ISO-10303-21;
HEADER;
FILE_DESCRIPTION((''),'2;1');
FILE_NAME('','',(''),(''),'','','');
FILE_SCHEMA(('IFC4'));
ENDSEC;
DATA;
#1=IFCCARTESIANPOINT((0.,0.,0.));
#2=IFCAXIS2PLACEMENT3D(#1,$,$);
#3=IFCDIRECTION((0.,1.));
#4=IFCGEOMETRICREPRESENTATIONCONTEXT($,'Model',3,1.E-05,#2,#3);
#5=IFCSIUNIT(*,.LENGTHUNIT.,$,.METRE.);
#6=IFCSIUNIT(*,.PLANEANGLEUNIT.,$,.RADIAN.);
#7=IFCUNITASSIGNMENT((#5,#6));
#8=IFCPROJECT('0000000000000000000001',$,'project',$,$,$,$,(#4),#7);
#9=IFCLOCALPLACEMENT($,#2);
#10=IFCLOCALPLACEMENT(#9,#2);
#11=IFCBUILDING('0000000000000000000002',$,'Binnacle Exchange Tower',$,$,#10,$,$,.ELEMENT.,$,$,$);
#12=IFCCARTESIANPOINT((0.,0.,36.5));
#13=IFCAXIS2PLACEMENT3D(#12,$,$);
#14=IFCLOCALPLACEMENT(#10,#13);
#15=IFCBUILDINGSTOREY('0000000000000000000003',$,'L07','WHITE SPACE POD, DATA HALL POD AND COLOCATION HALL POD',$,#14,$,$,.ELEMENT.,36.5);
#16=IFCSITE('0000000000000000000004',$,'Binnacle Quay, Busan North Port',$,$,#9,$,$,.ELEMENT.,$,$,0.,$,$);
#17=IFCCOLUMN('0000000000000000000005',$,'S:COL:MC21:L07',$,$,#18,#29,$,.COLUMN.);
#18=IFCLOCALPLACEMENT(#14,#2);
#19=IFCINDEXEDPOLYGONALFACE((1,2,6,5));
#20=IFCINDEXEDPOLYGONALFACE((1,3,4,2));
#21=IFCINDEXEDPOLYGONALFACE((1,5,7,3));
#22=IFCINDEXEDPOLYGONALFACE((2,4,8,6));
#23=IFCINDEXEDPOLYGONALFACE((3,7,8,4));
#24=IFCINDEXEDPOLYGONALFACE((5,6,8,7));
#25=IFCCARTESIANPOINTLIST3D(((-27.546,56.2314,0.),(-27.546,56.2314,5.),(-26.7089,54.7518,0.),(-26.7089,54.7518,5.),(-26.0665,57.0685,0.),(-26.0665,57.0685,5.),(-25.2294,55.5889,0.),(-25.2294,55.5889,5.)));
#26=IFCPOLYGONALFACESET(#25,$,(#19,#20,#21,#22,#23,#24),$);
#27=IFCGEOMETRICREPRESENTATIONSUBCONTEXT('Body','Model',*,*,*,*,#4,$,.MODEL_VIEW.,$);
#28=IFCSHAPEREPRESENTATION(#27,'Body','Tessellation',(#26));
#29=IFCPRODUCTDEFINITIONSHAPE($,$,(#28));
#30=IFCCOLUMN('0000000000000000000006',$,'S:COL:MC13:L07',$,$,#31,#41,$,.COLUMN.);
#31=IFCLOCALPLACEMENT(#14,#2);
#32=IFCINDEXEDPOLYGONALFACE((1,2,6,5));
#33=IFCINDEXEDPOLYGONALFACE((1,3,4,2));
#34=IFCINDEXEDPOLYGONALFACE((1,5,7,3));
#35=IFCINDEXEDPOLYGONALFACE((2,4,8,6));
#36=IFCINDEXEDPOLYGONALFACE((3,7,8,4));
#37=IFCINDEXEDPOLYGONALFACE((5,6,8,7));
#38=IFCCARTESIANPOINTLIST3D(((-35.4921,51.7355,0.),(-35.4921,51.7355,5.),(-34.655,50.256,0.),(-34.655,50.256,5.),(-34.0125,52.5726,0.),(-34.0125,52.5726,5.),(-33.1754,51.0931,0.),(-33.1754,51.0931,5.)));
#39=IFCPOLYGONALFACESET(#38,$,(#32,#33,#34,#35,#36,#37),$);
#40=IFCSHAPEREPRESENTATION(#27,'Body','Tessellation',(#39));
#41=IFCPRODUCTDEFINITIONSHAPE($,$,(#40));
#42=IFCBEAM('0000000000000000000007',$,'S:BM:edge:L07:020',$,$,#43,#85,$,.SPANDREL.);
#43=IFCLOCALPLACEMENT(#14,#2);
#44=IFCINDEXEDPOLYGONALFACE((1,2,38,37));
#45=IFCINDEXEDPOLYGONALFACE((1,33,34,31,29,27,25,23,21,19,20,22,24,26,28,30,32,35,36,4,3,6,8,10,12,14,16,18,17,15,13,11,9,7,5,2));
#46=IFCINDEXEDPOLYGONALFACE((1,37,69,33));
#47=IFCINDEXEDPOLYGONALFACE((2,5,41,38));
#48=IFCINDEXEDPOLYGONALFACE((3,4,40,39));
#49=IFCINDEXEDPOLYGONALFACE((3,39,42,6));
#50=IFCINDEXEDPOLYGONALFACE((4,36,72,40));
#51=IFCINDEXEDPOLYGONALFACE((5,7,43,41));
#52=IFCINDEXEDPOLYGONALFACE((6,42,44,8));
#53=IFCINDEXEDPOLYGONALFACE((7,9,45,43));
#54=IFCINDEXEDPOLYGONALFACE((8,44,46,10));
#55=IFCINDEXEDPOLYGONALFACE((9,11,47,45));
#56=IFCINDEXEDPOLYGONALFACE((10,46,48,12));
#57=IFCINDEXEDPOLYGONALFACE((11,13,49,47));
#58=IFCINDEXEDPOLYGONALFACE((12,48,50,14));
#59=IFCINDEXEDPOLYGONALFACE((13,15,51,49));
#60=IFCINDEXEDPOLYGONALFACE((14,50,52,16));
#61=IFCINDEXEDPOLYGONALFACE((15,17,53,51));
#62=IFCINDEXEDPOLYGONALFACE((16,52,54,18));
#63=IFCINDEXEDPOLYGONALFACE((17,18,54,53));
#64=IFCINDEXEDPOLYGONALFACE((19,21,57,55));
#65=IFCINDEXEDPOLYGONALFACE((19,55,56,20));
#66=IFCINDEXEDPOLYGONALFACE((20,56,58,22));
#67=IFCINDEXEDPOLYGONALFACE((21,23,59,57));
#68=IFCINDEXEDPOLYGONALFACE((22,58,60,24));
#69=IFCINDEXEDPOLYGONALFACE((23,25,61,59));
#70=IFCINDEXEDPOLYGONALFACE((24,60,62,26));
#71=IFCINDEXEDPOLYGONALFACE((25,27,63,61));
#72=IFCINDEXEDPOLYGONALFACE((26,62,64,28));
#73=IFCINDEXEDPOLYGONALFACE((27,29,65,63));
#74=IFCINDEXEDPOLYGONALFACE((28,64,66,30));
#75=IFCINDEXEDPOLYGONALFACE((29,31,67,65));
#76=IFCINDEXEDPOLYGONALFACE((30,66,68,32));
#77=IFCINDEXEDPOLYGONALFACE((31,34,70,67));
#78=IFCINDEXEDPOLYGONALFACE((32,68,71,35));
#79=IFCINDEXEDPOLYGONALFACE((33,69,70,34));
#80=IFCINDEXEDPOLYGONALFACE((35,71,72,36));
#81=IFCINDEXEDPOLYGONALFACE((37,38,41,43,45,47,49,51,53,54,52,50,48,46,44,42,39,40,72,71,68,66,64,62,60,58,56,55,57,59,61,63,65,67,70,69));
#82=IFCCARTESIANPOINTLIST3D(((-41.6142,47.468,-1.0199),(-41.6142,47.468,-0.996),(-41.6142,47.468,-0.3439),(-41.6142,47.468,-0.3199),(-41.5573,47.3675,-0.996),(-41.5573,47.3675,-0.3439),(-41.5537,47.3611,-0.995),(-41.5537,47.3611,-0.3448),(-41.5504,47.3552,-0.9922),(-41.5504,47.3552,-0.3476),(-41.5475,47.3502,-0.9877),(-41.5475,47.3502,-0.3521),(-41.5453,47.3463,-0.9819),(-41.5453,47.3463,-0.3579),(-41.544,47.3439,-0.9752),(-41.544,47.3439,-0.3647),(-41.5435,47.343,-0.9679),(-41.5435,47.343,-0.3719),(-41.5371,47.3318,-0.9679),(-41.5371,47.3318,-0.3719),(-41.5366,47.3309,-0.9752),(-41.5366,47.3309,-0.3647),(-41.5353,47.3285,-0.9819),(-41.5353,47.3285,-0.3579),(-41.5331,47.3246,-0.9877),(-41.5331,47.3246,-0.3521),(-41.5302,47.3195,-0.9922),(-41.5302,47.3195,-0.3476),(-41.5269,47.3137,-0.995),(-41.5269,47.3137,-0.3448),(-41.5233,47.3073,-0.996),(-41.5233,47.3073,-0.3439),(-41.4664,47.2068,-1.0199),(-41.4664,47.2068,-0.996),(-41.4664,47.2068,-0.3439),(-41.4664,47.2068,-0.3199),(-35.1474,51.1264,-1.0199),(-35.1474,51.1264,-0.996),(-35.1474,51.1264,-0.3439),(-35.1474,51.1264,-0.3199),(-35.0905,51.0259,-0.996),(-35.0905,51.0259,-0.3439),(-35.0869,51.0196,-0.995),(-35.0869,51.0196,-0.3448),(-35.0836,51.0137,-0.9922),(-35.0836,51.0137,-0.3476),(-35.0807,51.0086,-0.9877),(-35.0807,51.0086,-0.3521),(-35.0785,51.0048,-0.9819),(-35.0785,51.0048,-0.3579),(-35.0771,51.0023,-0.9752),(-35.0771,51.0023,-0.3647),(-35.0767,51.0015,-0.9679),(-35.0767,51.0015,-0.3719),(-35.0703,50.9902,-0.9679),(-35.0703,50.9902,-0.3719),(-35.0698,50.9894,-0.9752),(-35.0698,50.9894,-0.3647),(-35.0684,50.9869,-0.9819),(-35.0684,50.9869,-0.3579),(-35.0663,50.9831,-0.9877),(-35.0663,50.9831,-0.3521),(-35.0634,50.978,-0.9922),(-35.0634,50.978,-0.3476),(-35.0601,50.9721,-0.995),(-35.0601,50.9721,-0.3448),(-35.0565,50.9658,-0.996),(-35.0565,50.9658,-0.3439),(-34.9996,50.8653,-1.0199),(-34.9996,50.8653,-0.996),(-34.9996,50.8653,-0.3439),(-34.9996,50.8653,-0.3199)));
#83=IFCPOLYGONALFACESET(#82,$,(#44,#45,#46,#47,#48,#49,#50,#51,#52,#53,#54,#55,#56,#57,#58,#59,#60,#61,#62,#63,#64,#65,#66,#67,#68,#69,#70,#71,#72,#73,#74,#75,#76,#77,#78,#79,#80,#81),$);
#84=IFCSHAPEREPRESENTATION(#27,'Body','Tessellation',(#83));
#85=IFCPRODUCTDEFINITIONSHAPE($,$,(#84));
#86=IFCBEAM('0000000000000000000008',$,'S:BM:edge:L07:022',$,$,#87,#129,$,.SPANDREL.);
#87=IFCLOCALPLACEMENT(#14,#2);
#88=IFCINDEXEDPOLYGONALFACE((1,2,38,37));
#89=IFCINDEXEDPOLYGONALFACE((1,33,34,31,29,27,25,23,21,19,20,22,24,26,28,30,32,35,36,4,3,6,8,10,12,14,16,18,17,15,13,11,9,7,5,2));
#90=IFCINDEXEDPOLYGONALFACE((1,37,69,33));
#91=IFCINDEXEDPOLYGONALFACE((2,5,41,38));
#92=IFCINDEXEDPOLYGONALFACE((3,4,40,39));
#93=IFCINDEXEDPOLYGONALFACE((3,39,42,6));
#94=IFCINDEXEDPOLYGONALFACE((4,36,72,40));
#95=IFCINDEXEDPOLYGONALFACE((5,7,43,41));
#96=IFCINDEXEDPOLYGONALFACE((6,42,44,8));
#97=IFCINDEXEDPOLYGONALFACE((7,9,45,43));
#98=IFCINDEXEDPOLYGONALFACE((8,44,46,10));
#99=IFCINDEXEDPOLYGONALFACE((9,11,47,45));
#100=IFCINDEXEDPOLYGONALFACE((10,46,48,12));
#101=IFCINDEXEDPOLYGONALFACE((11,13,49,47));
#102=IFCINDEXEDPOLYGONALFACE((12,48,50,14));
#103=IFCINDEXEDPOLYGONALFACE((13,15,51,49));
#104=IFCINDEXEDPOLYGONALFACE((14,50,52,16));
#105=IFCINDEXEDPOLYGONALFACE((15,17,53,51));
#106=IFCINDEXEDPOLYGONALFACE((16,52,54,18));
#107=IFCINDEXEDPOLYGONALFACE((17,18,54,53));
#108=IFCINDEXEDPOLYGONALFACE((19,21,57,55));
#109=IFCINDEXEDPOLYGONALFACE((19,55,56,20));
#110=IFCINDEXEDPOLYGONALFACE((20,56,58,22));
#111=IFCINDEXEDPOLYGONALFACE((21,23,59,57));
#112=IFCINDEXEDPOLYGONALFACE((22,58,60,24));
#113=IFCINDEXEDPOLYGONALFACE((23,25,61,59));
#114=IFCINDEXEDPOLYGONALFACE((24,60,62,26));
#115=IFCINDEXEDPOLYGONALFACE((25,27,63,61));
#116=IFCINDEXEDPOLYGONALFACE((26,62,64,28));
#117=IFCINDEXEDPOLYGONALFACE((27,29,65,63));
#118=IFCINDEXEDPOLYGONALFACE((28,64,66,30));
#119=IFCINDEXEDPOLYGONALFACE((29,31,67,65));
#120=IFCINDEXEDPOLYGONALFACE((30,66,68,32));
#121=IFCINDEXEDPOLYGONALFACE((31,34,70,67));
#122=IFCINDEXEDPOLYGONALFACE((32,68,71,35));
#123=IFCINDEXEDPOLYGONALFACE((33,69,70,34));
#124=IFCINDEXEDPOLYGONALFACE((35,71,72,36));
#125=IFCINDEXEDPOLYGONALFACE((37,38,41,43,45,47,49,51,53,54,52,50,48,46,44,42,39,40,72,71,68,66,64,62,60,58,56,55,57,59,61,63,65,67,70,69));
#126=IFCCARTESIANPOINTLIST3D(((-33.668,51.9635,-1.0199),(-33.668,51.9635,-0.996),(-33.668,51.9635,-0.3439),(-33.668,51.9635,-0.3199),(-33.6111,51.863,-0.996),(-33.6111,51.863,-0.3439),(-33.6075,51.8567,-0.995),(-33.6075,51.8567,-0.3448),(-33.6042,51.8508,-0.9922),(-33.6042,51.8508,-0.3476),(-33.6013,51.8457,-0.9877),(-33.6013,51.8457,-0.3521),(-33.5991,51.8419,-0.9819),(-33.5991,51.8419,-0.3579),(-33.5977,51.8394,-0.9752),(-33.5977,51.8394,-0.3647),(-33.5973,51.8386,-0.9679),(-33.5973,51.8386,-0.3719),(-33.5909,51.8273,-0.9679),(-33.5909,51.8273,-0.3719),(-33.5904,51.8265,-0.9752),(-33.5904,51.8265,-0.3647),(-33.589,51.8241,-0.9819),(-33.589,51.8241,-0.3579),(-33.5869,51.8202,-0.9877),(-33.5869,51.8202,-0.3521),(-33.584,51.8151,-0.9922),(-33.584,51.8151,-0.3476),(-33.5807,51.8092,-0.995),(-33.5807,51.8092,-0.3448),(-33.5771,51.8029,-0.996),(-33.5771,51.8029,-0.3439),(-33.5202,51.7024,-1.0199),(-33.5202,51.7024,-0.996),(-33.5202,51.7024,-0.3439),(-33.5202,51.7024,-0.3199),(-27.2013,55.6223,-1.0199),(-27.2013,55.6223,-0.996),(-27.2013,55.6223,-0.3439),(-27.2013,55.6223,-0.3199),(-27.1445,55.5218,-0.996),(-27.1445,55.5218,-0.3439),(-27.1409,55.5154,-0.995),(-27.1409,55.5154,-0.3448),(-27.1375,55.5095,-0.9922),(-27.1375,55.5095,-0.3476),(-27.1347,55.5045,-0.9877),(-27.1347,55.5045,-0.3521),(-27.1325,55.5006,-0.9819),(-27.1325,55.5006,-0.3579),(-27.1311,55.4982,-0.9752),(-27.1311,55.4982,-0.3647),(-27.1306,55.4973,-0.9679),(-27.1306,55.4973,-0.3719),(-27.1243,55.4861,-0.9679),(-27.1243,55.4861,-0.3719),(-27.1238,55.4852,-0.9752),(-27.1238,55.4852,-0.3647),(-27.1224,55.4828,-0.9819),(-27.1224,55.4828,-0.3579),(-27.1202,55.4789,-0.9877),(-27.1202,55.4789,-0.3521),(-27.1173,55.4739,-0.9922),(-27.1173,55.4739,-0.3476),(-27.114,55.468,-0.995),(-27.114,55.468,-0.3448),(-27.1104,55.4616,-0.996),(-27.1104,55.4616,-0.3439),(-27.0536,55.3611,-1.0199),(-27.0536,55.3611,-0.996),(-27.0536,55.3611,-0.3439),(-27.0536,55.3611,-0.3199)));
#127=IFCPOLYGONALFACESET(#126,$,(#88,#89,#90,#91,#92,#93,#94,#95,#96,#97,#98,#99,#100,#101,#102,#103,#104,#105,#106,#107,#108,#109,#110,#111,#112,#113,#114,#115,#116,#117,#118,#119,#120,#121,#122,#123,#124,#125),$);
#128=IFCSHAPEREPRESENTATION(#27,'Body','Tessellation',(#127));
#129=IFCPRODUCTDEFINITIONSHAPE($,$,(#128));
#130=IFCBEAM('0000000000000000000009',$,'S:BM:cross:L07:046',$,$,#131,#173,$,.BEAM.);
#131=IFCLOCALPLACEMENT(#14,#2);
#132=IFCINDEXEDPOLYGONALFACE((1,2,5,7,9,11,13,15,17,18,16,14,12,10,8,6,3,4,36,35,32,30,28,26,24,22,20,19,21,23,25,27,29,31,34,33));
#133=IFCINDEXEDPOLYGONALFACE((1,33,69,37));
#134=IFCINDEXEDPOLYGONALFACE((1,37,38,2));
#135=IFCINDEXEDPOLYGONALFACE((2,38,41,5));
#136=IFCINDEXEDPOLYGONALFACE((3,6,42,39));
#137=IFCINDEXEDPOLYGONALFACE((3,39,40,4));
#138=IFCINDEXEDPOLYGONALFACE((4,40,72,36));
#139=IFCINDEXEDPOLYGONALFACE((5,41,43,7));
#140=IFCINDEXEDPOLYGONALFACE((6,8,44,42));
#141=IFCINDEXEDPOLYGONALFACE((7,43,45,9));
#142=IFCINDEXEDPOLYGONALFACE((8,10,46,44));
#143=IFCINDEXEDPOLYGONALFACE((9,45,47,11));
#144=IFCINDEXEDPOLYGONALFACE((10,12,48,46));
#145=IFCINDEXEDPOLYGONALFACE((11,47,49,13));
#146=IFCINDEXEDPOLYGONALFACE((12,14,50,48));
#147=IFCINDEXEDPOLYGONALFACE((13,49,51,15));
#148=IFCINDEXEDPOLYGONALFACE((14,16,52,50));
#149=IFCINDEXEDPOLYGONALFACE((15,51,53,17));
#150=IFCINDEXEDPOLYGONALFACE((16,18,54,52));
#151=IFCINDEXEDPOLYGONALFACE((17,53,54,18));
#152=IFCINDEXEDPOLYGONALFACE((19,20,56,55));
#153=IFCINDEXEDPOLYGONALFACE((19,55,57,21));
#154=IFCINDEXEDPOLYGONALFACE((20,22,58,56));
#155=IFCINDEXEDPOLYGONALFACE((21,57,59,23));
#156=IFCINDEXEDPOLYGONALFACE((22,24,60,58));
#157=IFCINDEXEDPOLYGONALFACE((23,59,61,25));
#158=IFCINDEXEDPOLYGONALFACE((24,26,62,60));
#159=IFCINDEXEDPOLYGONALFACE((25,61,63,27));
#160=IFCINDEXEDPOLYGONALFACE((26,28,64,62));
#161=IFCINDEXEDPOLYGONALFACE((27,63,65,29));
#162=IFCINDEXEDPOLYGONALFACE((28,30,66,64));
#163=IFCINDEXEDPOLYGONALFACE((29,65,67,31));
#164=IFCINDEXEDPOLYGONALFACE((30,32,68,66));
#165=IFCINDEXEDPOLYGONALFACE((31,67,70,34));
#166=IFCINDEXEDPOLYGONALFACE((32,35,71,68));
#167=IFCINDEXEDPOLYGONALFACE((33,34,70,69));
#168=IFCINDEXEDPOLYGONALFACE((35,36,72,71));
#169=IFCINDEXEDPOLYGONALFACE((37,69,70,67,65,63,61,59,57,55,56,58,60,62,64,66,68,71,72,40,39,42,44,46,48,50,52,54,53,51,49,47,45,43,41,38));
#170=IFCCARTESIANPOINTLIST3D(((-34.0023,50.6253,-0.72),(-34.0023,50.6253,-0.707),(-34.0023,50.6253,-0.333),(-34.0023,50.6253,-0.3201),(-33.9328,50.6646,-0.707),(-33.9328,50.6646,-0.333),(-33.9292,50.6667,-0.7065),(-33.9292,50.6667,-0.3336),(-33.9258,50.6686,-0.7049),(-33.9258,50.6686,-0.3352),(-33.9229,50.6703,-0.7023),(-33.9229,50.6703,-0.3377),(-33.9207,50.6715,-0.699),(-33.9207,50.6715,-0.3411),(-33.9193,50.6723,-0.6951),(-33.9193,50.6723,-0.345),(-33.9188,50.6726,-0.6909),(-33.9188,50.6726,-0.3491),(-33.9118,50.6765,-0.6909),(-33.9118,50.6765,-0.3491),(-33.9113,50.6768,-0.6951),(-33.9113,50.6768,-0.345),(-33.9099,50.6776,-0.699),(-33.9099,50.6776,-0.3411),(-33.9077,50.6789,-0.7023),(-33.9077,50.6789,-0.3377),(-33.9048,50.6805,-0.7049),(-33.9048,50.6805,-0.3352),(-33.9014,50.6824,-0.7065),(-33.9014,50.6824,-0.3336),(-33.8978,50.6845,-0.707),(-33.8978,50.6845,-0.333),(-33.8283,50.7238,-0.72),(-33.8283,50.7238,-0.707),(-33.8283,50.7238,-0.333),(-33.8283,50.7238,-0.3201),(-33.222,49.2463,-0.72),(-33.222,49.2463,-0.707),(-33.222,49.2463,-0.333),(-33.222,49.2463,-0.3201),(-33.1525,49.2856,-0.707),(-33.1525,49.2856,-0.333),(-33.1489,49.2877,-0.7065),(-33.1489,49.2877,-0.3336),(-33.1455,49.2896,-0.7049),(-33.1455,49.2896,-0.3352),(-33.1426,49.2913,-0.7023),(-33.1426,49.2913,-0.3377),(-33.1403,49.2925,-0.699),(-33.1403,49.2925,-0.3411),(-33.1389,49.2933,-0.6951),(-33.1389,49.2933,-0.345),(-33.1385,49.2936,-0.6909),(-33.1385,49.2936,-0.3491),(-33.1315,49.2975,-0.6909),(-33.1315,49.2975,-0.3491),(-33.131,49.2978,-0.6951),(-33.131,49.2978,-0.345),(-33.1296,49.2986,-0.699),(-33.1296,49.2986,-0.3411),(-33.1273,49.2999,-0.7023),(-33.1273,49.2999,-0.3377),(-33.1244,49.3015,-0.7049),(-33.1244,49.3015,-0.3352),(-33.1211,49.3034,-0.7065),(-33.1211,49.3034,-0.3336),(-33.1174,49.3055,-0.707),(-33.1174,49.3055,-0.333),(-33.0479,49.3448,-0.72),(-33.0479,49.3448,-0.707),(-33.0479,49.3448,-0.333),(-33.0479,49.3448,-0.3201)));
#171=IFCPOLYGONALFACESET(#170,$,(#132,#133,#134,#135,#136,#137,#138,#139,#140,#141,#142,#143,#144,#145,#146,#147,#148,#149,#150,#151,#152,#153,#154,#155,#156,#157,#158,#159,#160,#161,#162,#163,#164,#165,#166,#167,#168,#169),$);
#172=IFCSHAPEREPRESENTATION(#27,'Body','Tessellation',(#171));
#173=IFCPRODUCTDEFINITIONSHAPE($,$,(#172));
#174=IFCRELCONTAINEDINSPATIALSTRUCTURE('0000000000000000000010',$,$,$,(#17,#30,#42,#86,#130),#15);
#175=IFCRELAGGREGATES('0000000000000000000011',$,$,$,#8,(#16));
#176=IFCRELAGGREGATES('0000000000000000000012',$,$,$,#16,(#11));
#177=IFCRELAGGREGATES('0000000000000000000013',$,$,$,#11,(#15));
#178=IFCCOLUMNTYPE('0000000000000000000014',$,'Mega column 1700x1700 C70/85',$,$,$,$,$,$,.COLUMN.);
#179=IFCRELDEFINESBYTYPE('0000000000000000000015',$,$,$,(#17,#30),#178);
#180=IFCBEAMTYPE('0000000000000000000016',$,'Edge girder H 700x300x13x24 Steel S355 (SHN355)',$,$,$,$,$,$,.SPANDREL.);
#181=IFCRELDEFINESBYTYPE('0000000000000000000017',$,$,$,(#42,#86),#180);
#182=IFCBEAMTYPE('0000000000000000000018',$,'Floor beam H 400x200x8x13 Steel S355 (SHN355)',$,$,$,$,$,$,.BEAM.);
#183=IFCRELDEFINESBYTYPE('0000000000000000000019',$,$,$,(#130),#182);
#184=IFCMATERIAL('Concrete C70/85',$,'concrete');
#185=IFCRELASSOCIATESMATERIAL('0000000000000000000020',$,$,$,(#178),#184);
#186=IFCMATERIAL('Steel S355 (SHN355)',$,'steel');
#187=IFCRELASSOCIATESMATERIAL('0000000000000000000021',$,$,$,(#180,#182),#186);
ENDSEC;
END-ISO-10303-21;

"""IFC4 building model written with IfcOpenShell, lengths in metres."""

from ifc_helpers import new_model, si_unit, direction, frame, origin, origin_2d, place, context, subcontext, project, spatial, rectangle, i_section, extrude, material, material_profile, profile_set, type_object, element, save


model = new_model("IFC4")

# Units and contexts
model_context = context("Model", 3, precision=1e-05, world=origin(), true_north=direction((0.0, 1.0)))
body_context = subcontext(model_context, "Body", "Model", "MODEL_VIEW")
ifc_project = project(units=[si_unit("LENGTHUNIT", "METRE"), si_unit("PLANEANGLEUNIT", "RADIAN")], contexts=[model_context])

# Site, building, storey
site_placement = place(None, origin())
site = spatial("IfcSite", under=ifc_project, at=site_placement, Name="Binnacle Quay, Busan North Port", CompositionType="ELEMENT", RefElevation=0.0)
building_placement = place(site_placement, origin())
building = spatial("IfcBuilding", under=site, at=building_placement, Name="Binnacle Exchange Tower", CompositionType="ELEMENT")
storey_placement = place(building_placement, frame((0.0, 0.0, 36.5)))
storey = spatial("IfcBuildingStorey", under=building, at=storey_placement, Name="L07", Description="WHITE SPACE POD, DATA HALL POD AND COLOCATION HALL POD", CompositionType="ELEMENT", Elevation=36.5)

# Columns
ifc_material_1 = material(Name="Concrete C70/85", Category="concrete")
ifc_material_profile_1 = material_profile(ifc_material_1, rectangle(XDim=1.7, YDim=1.7, at=origin_2d()), Name="Mega column 1700x1700 C70/85")
ifc_profile_set_1 = profile_set([ifc_material_profile_1], Name="Concrete C70/85")
column_type = type_object("IfcColumnType", Name="Mega column 1700x1700 C70/85", PredefinedType="COLUMN", material=ifc_profile_set_1)
for number, where, z_axis, x_axis, name in (
    (1, (-26.3877, 55.9102, 0.0), (0.0, 0.0, 1.0), (-0.870356, -0.492424, 0.0), "S:COL:MC21:L07"),
    (2, (-34.3337, 51.4143, 0.0), (0.0, 0.0, 1.0), (-0.870356, -0.492424, 0.0), "S:COL:MC13:L07"),
):
    element("IfcColumn", number, at=place(storey_placement, frame(where, z_axis=z_axis, x_axis=x_axis)), inside=storey, type_object=column_type, Name=name, PredefinedType="COLUMN", context=body_context, shape_type="SweptSolid", body=[
        extrude(rectangle(XDim=1.7, YDim=1.7, at=origin_2d()), origin(), (0.0, 0.0, 1.0), 5.0),
    ])

# Beams
ifc_material_2 = material(Name="Steel S355 (SHN355)", Category="steel")
ifc_material_profile_2 = material_profile(ifc_material_2, i_section(OverallWidth=0.3, OverallDepth=0.7, WebThickness=0.0129, FlangeThickness=0.0239, FilletRadius=0.0281, at=origin_2d()), Name="H 700x300x13x24")
ifc_profile_set_2 = profile_set([ifc_material_profile_2], Name="Steel S355 (SHN355)")
beam_type_1 = type_object("IfcBeamType", Name="Edge girder H 700x300x13x24 Steel S355 (SHN355)", PredefinedType="SPANDREL", material=ifc_profile_set_2)
for number, where, z_axis, x_axis, name in (
    (3, (-35.0735, 50.9958, -0.6699), (-0.870372, -0.492394, 0.0), (0.492394, -0.870372, 0.0), "S:BM:edge:L07:020"),
    (4, (-27.1274, 55.4917, -0.6699), (-0.87035, -0.492433, 0.0), (0.492433, -0.87035, 0.0), "S:BM:edge:L07:022"),
):
    element("IfcBeam", number, at=place(storey_placement, frame(where, z_axis=z_axis, x_axis=x_axis)), inside=storey, type_object=beam_type_1, Name=name, PredefinedType="SPANDREL", context=body_context, shape_type="SweptSolid", body=[
        extrude(i_section(OverallWidth=0.3, OverallDepth=0.7, WebThickness=0.0129, FlangeThickness=0.0239, FilletRadius=0.0281, at=origin_2d()), origin(), (0.0, 0.0, 1.0), 7.4299),
    ])
ifc_material_profile_3 = material_profile(ifc_material_2, i_section(OverallWidth=0.2, OverallDepth=0.3999, WebThickness=0.0081, FlangeThickness=0.0129, FilletRadius=0.0161, at=origin_2d()), Name="H 400x200x8x13")
ifc_profile_set_3 = profile_set([ifc_material_profile_3], Name="Steel S355 (SHN355)")
beam_type_2 = type_object("IfcBeamType", Name="Floor beam H 400x200x8x13 Steel S355 (SHN355)", PredefinedType="BEAM", material=ifc_profile_set_3)
beam_1_placement = place(storey_placement, frame((-33.9153, 50.6746, -0.52), z_axis=(0.492484, -0.870322, 0.0), x_axis=(0.870322, 0.492484, 0.0)))
element("IfcBeam", 5, at=beam_1_placement, inside=storey, type_object=beam_type_2, Name="S:BM:cross:L07:046", PredefinedType="BEAM", context=body_context, shape_type="SweptSolid", body=[
    extrude(i_section(OverallWidth=0.2, OverallDepth=0.3999, WebThickness=0.0081, FlangeThickness=0.0129, FilletRadius=0.0161, at=origin_2d()), origin(), (0.0, 0.0, 1.0), 1.5845),
])

save(model, "model.ifc")
